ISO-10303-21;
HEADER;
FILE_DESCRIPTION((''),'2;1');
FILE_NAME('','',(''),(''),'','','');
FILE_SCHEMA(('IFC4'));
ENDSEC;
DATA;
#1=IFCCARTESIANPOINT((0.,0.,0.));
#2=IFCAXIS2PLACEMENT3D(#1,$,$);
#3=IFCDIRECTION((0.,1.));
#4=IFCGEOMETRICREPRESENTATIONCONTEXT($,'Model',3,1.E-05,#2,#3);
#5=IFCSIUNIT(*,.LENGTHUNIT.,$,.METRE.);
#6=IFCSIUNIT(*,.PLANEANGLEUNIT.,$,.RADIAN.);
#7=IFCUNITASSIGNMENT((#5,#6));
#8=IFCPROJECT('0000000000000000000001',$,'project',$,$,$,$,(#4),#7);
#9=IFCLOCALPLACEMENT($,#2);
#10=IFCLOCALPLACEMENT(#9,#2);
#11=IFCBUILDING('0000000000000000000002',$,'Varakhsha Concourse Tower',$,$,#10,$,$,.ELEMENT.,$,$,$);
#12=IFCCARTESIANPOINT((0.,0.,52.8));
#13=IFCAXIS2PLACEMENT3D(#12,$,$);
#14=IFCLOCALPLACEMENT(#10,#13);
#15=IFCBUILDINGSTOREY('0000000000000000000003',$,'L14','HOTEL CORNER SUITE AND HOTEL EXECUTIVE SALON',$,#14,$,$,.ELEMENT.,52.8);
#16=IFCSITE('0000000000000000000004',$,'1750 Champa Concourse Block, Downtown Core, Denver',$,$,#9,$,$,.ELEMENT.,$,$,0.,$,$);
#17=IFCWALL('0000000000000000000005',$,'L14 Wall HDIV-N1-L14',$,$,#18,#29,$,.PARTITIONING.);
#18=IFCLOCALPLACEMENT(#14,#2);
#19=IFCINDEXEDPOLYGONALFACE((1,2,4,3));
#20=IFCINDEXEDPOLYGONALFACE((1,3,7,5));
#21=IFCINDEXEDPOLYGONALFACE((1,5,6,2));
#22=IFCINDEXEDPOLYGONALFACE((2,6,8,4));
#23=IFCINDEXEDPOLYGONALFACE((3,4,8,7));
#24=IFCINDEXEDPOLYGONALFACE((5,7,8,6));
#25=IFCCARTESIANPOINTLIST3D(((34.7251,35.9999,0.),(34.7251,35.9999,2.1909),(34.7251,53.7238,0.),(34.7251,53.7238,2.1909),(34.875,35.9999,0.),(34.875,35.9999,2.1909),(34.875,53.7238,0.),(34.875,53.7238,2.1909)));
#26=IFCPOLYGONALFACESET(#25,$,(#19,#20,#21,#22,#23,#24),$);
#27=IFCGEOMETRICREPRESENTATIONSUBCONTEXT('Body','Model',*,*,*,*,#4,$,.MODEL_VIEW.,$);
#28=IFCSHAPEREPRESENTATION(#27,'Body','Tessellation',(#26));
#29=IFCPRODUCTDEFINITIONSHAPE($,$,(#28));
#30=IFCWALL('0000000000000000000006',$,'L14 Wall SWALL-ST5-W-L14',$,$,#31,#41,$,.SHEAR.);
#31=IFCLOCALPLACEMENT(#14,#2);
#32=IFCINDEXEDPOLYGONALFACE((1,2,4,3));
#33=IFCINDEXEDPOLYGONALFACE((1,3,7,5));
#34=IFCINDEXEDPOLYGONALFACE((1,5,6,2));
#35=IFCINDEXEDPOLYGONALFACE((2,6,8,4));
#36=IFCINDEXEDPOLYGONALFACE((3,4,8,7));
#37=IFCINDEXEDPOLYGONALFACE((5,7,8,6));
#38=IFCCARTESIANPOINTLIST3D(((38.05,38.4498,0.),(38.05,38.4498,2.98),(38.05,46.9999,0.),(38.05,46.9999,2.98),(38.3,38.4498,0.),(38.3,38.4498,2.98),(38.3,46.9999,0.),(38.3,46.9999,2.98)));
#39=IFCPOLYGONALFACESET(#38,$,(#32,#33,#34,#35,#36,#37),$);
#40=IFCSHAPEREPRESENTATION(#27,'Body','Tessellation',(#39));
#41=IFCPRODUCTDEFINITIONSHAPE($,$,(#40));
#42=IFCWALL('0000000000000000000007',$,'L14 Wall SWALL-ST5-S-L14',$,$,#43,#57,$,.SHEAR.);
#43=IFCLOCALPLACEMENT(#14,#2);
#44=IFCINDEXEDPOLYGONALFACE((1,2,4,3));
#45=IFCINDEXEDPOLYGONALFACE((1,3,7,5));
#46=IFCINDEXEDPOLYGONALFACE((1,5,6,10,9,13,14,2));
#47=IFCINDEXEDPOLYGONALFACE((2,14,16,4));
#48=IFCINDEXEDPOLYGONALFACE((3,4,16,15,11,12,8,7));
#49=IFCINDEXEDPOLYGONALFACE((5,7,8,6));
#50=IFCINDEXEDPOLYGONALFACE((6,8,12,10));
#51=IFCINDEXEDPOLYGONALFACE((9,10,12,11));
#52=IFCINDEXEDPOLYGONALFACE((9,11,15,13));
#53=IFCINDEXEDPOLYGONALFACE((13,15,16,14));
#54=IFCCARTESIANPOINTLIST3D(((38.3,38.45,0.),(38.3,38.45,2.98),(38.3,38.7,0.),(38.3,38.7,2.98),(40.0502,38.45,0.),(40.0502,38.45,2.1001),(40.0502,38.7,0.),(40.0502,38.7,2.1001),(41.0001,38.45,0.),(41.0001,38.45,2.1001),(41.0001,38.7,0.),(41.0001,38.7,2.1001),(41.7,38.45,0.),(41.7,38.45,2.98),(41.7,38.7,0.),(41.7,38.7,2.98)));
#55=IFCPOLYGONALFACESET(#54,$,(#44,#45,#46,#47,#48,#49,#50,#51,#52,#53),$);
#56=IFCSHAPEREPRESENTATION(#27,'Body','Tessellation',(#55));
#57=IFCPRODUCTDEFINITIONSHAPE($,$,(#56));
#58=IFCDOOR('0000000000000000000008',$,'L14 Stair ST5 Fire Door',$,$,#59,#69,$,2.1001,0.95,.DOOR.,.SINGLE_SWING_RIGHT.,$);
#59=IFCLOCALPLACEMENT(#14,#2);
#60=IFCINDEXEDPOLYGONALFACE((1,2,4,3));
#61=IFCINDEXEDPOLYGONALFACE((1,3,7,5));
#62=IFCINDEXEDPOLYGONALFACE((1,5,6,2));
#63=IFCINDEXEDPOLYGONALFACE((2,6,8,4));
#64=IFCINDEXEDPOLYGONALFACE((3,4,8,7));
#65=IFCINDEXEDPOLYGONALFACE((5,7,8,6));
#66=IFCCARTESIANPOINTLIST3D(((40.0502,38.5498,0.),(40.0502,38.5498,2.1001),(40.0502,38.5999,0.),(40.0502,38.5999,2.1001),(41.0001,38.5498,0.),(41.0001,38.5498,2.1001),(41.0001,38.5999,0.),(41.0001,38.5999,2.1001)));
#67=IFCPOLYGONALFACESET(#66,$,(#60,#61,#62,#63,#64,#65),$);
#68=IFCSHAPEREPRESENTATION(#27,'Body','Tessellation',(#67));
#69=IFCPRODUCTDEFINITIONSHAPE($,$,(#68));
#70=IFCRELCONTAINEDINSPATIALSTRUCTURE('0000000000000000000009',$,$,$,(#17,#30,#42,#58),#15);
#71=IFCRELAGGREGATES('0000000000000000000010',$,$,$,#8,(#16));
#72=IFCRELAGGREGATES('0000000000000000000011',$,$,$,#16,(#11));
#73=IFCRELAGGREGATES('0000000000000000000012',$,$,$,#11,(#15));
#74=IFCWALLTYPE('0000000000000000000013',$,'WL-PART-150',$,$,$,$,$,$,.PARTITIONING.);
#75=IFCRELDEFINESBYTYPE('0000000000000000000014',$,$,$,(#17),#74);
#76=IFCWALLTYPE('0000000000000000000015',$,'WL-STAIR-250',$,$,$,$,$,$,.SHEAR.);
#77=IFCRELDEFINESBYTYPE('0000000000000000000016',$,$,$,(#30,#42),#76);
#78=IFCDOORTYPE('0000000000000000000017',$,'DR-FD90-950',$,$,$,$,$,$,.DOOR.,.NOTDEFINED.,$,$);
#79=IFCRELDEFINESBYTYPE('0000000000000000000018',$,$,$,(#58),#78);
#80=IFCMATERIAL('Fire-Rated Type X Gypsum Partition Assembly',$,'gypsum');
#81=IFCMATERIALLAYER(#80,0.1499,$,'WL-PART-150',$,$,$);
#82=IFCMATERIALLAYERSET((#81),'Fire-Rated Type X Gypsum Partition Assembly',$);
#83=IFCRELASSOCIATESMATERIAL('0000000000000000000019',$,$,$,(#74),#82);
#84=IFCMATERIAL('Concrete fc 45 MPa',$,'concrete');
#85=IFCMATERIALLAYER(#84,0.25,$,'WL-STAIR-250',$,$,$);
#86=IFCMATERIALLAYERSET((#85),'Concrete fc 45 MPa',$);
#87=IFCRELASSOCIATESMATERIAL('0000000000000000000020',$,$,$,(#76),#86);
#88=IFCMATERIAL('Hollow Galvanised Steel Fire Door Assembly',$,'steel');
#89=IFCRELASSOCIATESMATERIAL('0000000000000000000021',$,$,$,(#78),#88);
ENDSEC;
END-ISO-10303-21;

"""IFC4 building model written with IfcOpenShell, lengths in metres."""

from ifc_helpers import new_model, si_unit, direction, frame, frame_2d, origin, place, context, subcontext, project, spatial, rectangle, extrude, material, layer, layer_set, type_object, element, fill, save


model = new_model("IFC4")

# Units and contexts
model_context = context("Model", 3, precision=1e-05, world=origin(), true_north=direction((0.0, 1.0)))
body_context = subcontext(model_context, "Body", "Model", "MODEL_VIEW")
ifc_project = project(units=[si_unit("LENGTHUNIT", "METRE"), si_unit("PLANEANGLEUNIT", "RADIAN")], contexts=[model_context])

# Site, building, storey
site_placement = place(None, origin())
site = spatial("IfcSite", under=ifc_project, at=site_placement, Name="1750 Champa Concourse Block, Downtown Core, Denver", CompositionType="ELEMENT", RefElevation=0.0)
building_placement = place(site_placement, origin())
building = spatial("IfcBuilding", under=site, at=building_placement, Name="Varakhsha Concourse Tower", CompositionType="ELEMENT")
storey_placement = place(building_placement, frame((0.0, 0.0, 52.8)))
storey = spatial("IfcBuildingStorey", under=building, at=storey_placement, Name="L14", Description="HOTEL CORNER SUITE AND HOTEL EXECUTIVE SALON", CompositionType="ELEMENT", Elevation=52.8)

# Shared definitions
ifc_material_1 = material(Name="Fire-Rated Type X Gypsum Partition Assembly", Category="gypsum")
ifc_layer_1 = layer(ifc_material_1, 0.1499, Name="WL-PART-150")
ifc_layer_set_1 = layer_set([ifc_layer_1], Name="Fire-Rated Type X Gypsum Partition Assembly")
wall_type_1 = type_object("IfcWallType", Name="WL-PART-150", PredefinedType="PARTITIONING", material=ifc_layer_set_1)
ifc_material_2 = material(Name="Hollow Galvanised Steel Fire Door Assembly", Category="steel")

# Walls
wall_1_placement = place(storey_placement, frame((34.8, 36.0, 0.0), z_axis=(0.0, 0.0, 1.0), x_axis=(0.0, 1.0, 0.0)))
element("IfcWall", 1, at=wall_1_placement, inside=storey, type_object=wall_type_1, Name="L14 Wall HDIV-N1-L14", PredefinedType="PARTITIONING", context=body_context, shape_type="SweptSolid", body=[
    extrude(rectangle(XDim=17.7239, YDim=0.1499, at=frame_2d((8.8618, 0.0))), origin(), (0.0, 0.0, 1.0), 2.1909),
])
ifc_material_3 = material(Name="Concrete fc 45 MPa", Category="concrete")
ifc_layer_2 = layer(ifc_material_3, 0.25, Name="WL-STAIR-250")
ifc_layer_set_2 = layer_set([ifc_layer_2], Name="Concrete fc 45 MPa")
wall_type_2 = type_object("IfcWallType", Name="WL-STAIR-250", PredefinedType="SHEAR", material=ifc_layer_set_2)
wall_2_placement = place(storey_placement, frame((38.175, 38.45, 0.0), z_axis=(0.0, 0.0, 1.0), x_axis=(0.0, 1.0, 0.0)))
element("IfcWall", 2, at=wall_2_placement, inside=storey, type_object=wall_type_2, Name="L14 Wall SWALL-ST5-W-L14", PredefinedType="SHEAR", context=body_context, shape_type="SweptSolid", body=[
    extrude(rectangle(XDim=8.55, YDim=0.25, at=frame_2d((4.2749, 0.0))), origin(), (0.0, 0.0, 1.0), 2.98),
])

# Wall, opening, door
wall_3_placement = place(storey_placement, frame((38.3, 38.575, 0.0), z_axis=(0.0, 0.0, 1.0), x_axis=(1.0, 0.0, 0.0)))
wall_3 = element("IfcWall", 3, at=wall_3_placement, inside=storey, type_object=wall_type_2, Name="L14 Wall SWALL-ST5-S-L14", PredefinedType="SHEAR", context=body_context, shape_type="SweptSolid", body=[
    extrude(rectangle(XDim=3.3999, YDim=0.25, at=frame_2d((1.7, 0.0))), origin(), (0.0, 0.0, 1.0), 2.98),
])
opening_1_placement = place(wall_3_placement, frame((1.75, 0.0, 0.0)))
opening_1 = element("IfcOpeningElement", 4, at=opening_1_placement, cuts=wall_3, PredefinedType="OPENING", context=body_context, shape_type="SweptSolid", body=[
    extrude(rectangle(XDim=0.95, YDim=2.1001, at=frame_2d((0.4751, 1.05))), frame((0.0, 0.135, 0.0), z_axis=(0.0, -1.0, 0.0), x_axis=(1.0, 0.0, 0.0)), (0.0, 0.0, 1.0), 0.27),
])
door_type_1 = type_object("IfcDoorType", Name="DR-FD90-950", OperationType="NOTDEFINED", PredefinedType="DOOR", material=ifc_material_2)
door_1_placement = place(opening_1_placement, origin())
door_1 = element("IfcDoor", 5, at=door_1_placement, inside=storey, type_object=door_type_1, Name="L14 Stair ST5 Fire Door", OperationType="SINGLE_SWING_RIGHT", OverallHeight=2.1001, OverallWidth=0.95, PredefinedType="DOOR", context=body_context, shape_type="SweptSolid", body=[
    extrude(rectangle(XDim=0.95, YDim=2.1001, at=frame_2d((0.4751, 1.05))), frame((0.0, 0.0249, 0.0), z_axis=(0.0, -1.0, 0.0), x_axis=(1.0, 0.0, 0.0)), (0.0, 0.0, 1.0), 0.05),
])
fill(opening_1, door_1)

save(model, "model.ifc")
